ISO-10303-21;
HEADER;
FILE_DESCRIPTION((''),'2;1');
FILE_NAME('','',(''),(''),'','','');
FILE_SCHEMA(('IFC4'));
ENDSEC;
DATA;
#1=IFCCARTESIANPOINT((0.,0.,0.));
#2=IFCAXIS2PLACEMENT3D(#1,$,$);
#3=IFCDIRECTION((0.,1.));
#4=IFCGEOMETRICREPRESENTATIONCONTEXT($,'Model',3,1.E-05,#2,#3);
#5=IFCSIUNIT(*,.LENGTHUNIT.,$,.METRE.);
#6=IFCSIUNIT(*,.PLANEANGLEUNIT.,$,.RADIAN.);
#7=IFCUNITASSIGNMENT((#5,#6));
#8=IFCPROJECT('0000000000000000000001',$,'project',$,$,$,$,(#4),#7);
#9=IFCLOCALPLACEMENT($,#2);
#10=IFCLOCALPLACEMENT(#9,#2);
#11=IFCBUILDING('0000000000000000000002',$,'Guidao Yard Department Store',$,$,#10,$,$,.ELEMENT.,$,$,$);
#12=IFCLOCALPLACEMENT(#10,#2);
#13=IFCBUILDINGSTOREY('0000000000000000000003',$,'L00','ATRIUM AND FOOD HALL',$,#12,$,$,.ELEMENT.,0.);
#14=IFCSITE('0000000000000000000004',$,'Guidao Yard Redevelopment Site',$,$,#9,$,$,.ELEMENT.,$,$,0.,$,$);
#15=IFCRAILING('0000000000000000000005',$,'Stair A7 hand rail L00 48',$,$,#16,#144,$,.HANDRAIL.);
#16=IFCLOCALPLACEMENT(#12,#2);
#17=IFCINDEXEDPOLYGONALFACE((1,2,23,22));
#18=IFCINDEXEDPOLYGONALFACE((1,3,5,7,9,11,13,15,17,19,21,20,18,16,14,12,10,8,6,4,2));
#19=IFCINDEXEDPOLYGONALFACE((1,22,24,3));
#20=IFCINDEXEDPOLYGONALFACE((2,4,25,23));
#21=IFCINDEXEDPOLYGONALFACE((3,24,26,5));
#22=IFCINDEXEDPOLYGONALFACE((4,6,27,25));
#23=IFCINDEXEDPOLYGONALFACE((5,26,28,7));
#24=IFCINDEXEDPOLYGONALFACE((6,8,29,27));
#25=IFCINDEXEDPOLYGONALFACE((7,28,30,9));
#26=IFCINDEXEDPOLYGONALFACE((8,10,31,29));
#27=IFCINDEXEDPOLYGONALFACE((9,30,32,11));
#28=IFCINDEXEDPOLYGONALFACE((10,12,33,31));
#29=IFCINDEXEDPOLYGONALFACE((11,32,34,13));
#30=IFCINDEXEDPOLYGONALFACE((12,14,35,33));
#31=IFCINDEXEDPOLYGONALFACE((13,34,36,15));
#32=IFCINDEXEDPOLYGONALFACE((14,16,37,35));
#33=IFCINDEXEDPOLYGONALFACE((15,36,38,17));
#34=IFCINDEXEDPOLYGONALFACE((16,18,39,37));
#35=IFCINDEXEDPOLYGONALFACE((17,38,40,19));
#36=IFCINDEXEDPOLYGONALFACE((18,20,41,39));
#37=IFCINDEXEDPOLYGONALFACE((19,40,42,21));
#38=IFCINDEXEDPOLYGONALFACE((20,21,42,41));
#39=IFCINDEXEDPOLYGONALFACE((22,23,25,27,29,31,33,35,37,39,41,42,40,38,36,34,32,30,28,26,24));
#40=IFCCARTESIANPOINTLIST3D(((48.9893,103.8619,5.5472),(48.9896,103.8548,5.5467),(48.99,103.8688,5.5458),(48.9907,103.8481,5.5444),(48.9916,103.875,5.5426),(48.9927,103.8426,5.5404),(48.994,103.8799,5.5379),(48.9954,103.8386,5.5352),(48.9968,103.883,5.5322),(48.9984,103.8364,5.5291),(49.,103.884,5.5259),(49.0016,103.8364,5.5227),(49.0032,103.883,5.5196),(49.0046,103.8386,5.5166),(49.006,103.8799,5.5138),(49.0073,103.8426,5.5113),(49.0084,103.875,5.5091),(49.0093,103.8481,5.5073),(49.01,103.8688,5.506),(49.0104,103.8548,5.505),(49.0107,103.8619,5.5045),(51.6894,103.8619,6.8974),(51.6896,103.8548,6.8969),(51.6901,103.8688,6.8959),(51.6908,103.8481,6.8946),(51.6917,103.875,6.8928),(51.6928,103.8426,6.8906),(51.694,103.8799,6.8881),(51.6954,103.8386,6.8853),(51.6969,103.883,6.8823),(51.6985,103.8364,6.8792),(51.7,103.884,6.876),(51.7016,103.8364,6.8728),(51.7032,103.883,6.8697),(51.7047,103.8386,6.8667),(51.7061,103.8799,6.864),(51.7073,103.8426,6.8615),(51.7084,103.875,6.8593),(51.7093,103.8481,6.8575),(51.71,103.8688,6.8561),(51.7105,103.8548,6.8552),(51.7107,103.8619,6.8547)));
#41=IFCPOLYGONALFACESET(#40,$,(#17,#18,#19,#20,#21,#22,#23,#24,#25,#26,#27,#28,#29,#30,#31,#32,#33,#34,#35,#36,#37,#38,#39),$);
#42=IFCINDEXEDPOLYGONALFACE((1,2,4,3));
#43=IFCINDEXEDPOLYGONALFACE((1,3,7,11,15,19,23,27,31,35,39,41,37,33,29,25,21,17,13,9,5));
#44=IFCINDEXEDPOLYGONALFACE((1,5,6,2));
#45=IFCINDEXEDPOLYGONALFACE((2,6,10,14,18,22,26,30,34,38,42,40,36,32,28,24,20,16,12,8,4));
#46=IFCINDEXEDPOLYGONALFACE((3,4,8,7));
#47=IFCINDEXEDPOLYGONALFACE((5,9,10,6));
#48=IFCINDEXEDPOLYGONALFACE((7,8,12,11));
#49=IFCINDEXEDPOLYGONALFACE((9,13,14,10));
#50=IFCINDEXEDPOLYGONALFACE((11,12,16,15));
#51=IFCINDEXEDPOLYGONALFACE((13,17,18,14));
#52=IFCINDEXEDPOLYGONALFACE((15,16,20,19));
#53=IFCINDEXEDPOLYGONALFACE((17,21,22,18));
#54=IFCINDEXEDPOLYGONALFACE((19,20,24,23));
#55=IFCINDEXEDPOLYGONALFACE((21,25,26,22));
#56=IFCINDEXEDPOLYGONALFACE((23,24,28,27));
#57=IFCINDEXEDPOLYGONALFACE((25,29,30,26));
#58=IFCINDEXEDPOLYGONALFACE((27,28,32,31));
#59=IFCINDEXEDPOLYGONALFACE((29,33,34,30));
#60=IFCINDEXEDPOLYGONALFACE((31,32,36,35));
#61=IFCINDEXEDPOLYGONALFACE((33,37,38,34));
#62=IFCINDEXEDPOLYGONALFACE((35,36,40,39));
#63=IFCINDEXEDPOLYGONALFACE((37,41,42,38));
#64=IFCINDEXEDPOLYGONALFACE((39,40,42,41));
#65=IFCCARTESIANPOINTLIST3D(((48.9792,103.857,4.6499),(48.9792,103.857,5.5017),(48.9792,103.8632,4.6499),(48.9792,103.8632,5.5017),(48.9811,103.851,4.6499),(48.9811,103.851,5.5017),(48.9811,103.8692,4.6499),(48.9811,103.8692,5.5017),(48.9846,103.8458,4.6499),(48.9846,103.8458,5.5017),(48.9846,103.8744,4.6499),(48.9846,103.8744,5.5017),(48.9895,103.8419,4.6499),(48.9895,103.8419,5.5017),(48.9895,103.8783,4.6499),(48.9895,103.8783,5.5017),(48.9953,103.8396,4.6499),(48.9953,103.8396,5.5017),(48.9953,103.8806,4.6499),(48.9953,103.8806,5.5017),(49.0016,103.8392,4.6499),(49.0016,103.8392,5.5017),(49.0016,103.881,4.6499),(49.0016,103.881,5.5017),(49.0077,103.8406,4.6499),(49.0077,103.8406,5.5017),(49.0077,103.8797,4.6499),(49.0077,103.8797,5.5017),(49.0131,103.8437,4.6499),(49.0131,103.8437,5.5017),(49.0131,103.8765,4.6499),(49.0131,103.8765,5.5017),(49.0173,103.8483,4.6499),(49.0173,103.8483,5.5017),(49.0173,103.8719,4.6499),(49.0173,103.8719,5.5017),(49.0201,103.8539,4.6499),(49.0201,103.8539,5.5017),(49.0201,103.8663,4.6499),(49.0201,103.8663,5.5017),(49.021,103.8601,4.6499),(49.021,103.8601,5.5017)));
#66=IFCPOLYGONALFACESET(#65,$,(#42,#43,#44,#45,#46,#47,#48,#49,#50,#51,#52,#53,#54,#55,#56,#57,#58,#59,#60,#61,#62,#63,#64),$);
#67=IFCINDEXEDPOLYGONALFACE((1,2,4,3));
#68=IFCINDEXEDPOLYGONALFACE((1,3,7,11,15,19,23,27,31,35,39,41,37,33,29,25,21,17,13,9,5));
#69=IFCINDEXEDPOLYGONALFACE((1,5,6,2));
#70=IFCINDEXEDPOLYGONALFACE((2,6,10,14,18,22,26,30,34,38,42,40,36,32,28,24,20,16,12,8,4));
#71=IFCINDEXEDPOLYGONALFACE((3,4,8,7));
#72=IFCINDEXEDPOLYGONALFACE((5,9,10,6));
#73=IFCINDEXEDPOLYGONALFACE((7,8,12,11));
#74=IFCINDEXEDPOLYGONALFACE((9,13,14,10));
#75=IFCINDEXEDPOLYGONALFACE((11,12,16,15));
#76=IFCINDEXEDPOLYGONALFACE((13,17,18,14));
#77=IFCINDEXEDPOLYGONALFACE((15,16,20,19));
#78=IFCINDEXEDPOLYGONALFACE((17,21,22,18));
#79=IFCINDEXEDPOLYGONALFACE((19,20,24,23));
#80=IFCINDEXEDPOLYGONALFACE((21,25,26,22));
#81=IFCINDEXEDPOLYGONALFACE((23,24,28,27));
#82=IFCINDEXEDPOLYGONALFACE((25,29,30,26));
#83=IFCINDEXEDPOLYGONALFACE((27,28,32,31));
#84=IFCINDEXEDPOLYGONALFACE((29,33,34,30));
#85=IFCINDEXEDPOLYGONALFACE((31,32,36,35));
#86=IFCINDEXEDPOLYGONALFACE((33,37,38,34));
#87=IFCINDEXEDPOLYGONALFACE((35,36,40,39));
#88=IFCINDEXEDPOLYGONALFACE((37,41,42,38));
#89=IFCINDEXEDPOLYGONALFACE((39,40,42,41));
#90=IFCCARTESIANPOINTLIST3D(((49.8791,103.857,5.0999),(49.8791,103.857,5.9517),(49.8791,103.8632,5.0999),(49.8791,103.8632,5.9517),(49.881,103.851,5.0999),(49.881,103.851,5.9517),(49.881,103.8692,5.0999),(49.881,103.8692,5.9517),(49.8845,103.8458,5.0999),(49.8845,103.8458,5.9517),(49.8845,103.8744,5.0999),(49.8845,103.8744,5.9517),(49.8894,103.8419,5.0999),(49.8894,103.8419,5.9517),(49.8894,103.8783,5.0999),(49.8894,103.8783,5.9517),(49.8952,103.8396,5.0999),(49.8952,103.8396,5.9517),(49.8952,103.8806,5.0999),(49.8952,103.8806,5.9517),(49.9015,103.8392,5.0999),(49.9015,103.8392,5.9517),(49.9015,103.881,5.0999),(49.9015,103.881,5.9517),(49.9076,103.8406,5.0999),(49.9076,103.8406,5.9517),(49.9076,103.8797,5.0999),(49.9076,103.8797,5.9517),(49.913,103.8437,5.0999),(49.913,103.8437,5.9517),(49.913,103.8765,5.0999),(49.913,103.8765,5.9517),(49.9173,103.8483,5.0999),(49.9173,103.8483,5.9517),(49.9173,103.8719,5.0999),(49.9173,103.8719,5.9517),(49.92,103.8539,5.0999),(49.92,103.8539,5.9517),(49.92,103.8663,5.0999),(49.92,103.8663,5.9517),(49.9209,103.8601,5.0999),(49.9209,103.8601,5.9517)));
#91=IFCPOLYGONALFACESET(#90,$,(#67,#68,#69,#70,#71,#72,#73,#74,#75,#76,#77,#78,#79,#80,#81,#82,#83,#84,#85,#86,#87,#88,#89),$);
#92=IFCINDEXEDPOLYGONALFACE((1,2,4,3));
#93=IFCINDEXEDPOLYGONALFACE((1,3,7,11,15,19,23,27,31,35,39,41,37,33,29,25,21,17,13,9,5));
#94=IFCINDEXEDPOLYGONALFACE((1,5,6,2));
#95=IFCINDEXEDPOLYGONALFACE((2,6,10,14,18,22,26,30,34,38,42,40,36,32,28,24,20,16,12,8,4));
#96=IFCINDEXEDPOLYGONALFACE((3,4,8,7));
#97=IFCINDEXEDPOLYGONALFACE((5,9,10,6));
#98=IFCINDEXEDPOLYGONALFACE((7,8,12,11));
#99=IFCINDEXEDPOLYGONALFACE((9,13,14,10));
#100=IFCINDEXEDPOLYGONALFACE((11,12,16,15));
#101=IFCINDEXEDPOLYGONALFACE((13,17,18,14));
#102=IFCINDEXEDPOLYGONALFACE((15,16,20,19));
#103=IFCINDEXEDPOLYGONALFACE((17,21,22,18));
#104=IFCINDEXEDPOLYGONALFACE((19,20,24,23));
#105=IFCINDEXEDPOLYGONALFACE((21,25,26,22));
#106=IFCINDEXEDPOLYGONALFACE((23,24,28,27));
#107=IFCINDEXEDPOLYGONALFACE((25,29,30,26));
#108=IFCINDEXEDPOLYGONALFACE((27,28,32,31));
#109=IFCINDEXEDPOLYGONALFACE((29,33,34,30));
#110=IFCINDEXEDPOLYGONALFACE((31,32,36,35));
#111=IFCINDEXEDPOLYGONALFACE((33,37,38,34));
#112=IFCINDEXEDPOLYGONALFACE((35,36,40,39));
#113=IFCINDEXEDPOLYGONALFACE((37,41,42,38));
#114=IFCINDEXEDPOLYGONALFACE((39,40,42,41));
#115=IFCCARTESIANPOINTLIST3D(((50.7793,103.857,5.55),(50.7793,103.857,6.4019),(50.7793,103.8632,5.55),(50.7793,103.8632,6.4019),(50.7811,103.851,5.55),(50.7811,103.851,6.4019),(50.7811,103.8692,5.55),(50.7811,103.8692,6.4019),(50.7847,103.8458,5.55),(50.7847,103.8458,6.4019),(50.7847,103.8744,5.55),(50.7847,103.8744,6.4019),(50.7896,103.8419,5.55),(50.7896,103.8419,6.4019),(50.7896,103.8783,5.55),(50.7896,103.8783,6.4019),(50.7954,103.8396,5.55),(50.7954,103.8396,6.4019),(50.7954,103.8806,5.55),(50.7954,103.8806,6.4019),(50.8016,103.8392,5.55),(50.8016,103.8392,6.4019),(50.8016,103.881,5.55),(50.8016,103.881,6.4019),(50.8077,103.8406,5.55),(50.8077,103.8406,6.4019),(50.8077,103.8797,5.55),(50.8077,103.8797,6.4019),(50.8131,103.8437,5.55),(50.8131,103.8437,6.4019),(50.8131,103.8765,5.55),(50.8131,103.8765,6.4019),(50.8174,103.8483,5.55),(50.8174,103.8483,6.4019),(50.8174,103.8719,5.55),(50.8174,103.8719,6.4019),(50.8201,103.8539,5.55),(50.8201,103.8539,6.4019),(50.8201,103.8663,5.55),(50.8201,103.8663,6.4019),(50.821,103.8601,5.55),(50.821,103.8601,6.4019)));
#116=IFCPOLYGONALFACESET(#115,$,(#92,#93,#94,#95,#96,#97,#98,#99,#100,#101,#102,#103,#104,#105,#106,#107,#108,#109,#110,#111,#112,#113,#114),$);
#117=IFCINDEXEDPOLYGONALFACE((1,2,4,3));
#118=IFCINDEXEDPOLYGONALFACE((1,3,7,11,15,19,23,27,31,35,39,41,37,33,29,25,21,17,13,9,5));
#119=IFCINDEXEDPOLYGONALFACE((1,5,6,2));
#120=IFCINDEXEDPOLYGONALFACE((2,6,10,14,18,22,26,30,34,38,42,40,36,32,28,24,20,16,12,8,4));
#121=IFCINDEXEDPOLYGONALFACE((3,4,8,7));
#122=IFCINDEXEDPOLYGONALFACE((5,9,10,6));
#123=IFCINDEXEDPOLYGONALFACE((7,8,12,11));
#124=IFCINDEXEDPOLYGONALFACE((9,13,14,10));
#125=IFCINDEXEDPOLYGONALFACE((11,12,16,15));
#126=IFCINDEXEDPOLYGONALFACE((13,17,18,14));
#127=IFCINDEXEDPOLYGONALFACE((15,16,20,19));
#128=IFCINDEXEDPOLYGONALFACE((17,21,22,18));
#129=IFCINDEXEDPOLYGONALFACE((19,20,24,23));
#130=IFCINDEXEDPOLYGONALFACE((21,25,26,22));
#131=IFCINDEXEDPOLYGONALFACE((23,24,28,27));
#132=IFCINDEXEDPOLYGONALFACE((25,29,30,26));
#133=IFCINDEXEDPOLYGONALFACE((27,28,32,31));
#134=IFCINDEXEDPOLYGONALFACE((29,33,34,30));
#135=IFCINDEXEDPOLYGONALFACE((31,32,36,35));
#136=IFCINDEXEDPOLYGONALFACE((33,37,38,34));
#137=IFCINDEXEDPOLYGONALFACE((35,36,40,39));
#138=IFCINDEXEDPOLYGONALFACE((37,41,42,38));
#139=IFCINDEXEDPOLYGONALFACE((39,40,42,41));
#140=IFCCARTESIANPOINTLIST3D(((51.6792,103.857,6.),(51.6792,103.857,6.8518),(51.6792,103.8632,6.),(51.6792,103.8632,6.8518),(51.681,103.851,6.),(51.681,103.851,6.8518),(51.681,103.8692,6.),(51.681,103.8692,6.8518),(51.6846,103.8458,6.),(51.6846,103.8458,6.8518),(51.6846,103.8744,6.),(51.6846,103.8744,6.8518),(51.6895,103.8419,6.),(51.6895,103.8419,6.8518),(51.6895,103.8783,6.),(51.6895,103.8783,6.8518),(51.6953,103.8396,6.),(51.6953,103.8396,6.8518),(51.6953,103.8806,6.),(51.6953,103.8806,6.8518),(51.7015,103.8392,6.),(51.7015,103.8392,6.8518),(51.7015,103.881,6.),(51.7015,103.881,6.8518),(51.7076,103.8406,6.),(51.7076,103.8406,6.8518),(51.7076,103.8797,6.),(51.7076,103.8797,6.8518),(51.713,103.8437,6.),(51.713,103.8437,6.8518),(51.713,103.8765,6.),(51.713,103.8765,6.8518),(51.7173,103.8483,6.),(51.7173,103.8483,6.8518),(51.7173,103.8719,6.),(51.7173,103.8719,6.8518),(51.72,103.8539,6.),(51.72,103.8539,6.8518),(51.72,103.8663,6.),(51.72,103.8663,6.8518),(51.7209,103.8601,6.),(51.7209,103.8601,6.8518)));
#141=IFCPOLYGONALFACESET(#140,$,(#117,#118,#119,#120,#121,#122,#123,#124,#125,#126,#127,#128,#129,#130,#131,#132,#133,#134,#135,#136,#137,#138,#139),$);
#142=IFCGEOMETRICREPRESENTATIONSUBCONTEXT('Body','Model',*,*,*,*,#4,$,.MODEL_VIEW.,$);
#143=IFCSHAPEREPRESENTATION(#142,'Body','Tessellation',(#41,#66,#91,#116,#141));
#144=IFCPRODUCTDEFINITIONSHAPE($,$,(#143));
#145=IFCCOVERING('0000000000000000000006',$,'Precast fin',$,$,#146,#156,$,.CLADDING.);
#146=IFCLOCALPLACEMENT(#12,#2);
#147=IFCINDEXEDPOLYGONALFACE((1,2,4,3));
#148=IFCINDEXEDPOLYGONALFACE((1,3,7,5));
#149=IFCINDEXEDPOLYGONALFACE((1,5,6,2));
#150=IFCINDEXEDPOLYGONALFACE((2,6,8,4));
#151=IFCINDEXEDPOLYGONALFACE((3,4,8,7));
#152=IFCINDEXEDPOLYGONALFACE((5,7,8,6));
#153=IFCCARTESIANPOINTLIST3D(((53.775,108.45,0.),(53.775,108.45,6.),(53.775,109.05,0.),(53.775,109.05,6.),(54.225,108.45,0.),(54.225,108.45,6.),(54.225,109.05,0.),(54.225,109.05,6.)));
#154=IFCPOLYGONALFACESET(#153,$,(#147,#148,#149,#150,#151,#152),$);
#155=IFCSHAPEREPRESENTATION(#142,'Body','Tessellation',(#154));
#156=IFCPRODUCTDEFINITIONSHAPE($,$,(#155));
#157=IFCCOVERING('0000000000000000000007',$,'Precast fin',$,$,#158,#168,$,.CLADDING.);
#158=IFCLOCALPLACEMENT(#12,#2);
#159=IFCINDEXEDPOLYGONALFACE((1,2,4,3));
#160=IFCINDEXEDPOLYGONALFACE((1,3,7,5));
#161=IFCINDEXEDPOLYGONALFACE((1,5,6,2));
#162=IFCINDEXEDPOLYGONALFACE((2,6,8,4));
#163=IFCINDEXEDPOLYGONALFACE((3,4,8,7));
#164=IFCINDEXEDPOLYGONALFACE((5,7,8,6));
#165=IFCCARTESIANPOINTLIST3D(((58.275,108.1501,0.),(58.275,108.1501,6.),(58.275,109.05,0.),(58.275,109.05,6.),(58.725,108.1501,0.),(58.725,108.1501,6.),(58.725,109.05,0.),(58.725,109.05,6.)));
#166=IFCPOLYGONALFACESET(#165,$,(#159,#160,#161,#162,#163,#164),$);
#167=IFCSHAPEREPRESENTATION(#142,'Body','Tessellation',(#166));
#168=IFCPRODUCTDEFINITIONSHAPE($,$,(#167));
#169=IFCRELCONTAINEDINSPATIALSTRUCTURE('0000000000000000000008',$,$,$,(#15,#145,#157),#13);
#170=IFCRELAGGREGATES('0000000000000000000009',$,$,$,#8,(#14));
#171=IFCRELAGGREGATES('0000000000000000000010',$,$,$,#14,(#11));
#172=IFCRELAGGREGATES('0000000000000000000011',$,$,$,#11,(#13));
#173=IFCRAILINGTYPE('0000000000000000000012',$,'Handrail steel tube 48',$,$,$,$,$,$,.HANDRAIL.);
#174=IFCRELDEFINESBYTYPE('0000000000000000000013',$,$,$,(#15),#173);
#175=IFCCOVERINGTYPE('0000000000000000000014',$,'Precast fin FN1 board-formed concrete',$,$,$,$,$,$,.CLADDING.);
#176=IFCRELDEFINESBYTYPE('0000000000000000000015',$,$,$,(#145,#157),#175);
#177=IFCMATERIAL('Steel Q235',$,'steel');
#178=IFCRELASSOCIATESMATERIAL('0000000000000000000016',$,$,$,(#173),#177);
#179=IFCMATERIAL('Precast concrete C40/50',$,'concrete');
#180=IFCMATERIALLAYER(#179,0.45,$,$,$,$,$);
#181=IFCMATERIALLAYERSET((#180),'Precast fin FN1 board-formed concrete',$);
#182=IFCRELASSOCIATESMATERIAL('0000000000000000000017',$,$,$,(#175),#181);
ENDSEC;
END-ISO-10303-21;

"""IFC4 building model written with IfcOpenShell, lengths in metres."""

from ifc_helpers import new_model, si_unit, direction, frame, origin, origin_2d, place, context, subcontext, project, spatial, rectangle, circle, extrude, material, layer, layer_set, type_object, element, save


model = new_model("IFC4")

# Units and contexts
model_context = context("Model", 3, precision=1e-05, world=origin(), true_north=direction((0.0, 1.0)))
body_context = subcontext(model_context, "Body", "Model", "MODEL_VIEW")
ifc_project = project(units=[si_unit("LENGTHUNIT", "METRE"), si_unit("PLANEANGLEUNIT", "RADIAN")], contexts=[model_context])

# Site, building, storey
site_placement = place(None, origin())
site = spatial("IfcSite", under=ifc_project, at=site_placement, Name="Guidao Yard Redevelopment Site", CompositionType="ELEMENT", RefElevation=0.0)
building_placement = place(site_placement, origin())
building = spatial("IfcBuilding", under=site, at=building_placement, Name="Guidao Yard Department Store", CompositionType="ELEMENT")
storey_placement = place(building_placement, origin())
storey = spatial("IfcBuildingStorey", under=building, at=storey_placement, Name="L00", Description="ATRIUM AND FOOD HALL", CompositionType="ELEMENT", Elevation=0.0)

# Railing
ifc_material_1 = material(Name="Steel Q235", Category="steel")
railing_type_1 = type_object("IfcRailingType", Name="Handrail steel tube 48", PredefinedType="HANDRAIL", material=ifc_material_1)
for number, where, name in (
    (1, (49.0, 103.8601, 4.6499), "Stair A7 hand rail L00 48"),
):
    element("IfcRailing", number, at=place(storey_placement, frame(where)), inside=storey, type_object=railing_type_1, Name=name, PredefinedType="HANDRAIL", context=body_context, shape_type="SweptSolid", body=[
        extrude(circle(Radius=0.0239, at=origin_2d()), frame((0.0, 0.0, 0.876), z_axis=(0.894411, 0.0, 0.447246), x_axis=(0.0, 1.0, 0.0)), (0.0, 0.0, 1.0), 3.0188),
        extrude(circle(Radius=0.021, at=origin_2d()), origin(), (0.0, 0.0, 1.0), 0.8518),
        extrude(circle(Radius=0.021, at=origin_2d()), frame((0.8999, 0.0, 0.45)), (0.0, 0.0, 1.0), 0.8518),
        extrude(circle(Radius=0.021, at=origin_2d()), frame((1.8, 0.0, 0.9001)), (0.0, 0.0, 1.0), 0.8518),
        extrude(circle(Radius=0.021, at=origin_2d()), frame((2.7, 0.0, 1.3501)), (0.0, 0.0, 1.0), 0.8518),
    ])

# Coverings
ifc_material_2 = material(Name="Precast concrete C40/50", Category="concrete")
ifc_layer_1 = layer(ifc_material_2, 0.45)
ifc_layer_set_1 = layer_set([ifc_layer_1], Name="Precast fin FN1 board-formed concrete")
covering_type = type_object("IfcCoveringType", Name="Precast fin FN1 board-formed concrete", PredefinedType="CLADDING", material=ifc_layer_set_1)
covering_1_placement = place(storey_placement, frame((54.0, 108.75, 0.0), z_axis=(0.0, 0.0, 1.0), x_axis=(1.0, 0.0, 0.0)))
element("IfcCovering", 2, at=covering_1_placement, inside=storey, type_object=covering_type, Name="Precast fin", PredefinedType="CLADDING", context=body_context, shape_type="SweptSolid", body=[
    extrude(rectangle(XDim=0.45, YDim=0.6001, at=origin_2d()), origin(), (0.0, 0.0, 1.0), 6.0),
])
covering_2_placement = place(storey_placement, frame((58.5, 108.6001, 0.0), z_axis=(0.0, 0.0, 1.0), x_axis=(1.0, 0.0, 0.0)))
element("IfcCovering", 3, at=covering_2_placement, inside=storey, type_object=covering_type, Name="Precast fin", PredefinedType="CLADDING", context=body_context, shape_type="SweptSolid", body=[
    extrude(rectangle(XDim=0.45, YDim=0.8999, at=origin_2d()), origin(), (0.0, 0.0, 1.0), 6.0),
])

save(model, "model.ifc")
